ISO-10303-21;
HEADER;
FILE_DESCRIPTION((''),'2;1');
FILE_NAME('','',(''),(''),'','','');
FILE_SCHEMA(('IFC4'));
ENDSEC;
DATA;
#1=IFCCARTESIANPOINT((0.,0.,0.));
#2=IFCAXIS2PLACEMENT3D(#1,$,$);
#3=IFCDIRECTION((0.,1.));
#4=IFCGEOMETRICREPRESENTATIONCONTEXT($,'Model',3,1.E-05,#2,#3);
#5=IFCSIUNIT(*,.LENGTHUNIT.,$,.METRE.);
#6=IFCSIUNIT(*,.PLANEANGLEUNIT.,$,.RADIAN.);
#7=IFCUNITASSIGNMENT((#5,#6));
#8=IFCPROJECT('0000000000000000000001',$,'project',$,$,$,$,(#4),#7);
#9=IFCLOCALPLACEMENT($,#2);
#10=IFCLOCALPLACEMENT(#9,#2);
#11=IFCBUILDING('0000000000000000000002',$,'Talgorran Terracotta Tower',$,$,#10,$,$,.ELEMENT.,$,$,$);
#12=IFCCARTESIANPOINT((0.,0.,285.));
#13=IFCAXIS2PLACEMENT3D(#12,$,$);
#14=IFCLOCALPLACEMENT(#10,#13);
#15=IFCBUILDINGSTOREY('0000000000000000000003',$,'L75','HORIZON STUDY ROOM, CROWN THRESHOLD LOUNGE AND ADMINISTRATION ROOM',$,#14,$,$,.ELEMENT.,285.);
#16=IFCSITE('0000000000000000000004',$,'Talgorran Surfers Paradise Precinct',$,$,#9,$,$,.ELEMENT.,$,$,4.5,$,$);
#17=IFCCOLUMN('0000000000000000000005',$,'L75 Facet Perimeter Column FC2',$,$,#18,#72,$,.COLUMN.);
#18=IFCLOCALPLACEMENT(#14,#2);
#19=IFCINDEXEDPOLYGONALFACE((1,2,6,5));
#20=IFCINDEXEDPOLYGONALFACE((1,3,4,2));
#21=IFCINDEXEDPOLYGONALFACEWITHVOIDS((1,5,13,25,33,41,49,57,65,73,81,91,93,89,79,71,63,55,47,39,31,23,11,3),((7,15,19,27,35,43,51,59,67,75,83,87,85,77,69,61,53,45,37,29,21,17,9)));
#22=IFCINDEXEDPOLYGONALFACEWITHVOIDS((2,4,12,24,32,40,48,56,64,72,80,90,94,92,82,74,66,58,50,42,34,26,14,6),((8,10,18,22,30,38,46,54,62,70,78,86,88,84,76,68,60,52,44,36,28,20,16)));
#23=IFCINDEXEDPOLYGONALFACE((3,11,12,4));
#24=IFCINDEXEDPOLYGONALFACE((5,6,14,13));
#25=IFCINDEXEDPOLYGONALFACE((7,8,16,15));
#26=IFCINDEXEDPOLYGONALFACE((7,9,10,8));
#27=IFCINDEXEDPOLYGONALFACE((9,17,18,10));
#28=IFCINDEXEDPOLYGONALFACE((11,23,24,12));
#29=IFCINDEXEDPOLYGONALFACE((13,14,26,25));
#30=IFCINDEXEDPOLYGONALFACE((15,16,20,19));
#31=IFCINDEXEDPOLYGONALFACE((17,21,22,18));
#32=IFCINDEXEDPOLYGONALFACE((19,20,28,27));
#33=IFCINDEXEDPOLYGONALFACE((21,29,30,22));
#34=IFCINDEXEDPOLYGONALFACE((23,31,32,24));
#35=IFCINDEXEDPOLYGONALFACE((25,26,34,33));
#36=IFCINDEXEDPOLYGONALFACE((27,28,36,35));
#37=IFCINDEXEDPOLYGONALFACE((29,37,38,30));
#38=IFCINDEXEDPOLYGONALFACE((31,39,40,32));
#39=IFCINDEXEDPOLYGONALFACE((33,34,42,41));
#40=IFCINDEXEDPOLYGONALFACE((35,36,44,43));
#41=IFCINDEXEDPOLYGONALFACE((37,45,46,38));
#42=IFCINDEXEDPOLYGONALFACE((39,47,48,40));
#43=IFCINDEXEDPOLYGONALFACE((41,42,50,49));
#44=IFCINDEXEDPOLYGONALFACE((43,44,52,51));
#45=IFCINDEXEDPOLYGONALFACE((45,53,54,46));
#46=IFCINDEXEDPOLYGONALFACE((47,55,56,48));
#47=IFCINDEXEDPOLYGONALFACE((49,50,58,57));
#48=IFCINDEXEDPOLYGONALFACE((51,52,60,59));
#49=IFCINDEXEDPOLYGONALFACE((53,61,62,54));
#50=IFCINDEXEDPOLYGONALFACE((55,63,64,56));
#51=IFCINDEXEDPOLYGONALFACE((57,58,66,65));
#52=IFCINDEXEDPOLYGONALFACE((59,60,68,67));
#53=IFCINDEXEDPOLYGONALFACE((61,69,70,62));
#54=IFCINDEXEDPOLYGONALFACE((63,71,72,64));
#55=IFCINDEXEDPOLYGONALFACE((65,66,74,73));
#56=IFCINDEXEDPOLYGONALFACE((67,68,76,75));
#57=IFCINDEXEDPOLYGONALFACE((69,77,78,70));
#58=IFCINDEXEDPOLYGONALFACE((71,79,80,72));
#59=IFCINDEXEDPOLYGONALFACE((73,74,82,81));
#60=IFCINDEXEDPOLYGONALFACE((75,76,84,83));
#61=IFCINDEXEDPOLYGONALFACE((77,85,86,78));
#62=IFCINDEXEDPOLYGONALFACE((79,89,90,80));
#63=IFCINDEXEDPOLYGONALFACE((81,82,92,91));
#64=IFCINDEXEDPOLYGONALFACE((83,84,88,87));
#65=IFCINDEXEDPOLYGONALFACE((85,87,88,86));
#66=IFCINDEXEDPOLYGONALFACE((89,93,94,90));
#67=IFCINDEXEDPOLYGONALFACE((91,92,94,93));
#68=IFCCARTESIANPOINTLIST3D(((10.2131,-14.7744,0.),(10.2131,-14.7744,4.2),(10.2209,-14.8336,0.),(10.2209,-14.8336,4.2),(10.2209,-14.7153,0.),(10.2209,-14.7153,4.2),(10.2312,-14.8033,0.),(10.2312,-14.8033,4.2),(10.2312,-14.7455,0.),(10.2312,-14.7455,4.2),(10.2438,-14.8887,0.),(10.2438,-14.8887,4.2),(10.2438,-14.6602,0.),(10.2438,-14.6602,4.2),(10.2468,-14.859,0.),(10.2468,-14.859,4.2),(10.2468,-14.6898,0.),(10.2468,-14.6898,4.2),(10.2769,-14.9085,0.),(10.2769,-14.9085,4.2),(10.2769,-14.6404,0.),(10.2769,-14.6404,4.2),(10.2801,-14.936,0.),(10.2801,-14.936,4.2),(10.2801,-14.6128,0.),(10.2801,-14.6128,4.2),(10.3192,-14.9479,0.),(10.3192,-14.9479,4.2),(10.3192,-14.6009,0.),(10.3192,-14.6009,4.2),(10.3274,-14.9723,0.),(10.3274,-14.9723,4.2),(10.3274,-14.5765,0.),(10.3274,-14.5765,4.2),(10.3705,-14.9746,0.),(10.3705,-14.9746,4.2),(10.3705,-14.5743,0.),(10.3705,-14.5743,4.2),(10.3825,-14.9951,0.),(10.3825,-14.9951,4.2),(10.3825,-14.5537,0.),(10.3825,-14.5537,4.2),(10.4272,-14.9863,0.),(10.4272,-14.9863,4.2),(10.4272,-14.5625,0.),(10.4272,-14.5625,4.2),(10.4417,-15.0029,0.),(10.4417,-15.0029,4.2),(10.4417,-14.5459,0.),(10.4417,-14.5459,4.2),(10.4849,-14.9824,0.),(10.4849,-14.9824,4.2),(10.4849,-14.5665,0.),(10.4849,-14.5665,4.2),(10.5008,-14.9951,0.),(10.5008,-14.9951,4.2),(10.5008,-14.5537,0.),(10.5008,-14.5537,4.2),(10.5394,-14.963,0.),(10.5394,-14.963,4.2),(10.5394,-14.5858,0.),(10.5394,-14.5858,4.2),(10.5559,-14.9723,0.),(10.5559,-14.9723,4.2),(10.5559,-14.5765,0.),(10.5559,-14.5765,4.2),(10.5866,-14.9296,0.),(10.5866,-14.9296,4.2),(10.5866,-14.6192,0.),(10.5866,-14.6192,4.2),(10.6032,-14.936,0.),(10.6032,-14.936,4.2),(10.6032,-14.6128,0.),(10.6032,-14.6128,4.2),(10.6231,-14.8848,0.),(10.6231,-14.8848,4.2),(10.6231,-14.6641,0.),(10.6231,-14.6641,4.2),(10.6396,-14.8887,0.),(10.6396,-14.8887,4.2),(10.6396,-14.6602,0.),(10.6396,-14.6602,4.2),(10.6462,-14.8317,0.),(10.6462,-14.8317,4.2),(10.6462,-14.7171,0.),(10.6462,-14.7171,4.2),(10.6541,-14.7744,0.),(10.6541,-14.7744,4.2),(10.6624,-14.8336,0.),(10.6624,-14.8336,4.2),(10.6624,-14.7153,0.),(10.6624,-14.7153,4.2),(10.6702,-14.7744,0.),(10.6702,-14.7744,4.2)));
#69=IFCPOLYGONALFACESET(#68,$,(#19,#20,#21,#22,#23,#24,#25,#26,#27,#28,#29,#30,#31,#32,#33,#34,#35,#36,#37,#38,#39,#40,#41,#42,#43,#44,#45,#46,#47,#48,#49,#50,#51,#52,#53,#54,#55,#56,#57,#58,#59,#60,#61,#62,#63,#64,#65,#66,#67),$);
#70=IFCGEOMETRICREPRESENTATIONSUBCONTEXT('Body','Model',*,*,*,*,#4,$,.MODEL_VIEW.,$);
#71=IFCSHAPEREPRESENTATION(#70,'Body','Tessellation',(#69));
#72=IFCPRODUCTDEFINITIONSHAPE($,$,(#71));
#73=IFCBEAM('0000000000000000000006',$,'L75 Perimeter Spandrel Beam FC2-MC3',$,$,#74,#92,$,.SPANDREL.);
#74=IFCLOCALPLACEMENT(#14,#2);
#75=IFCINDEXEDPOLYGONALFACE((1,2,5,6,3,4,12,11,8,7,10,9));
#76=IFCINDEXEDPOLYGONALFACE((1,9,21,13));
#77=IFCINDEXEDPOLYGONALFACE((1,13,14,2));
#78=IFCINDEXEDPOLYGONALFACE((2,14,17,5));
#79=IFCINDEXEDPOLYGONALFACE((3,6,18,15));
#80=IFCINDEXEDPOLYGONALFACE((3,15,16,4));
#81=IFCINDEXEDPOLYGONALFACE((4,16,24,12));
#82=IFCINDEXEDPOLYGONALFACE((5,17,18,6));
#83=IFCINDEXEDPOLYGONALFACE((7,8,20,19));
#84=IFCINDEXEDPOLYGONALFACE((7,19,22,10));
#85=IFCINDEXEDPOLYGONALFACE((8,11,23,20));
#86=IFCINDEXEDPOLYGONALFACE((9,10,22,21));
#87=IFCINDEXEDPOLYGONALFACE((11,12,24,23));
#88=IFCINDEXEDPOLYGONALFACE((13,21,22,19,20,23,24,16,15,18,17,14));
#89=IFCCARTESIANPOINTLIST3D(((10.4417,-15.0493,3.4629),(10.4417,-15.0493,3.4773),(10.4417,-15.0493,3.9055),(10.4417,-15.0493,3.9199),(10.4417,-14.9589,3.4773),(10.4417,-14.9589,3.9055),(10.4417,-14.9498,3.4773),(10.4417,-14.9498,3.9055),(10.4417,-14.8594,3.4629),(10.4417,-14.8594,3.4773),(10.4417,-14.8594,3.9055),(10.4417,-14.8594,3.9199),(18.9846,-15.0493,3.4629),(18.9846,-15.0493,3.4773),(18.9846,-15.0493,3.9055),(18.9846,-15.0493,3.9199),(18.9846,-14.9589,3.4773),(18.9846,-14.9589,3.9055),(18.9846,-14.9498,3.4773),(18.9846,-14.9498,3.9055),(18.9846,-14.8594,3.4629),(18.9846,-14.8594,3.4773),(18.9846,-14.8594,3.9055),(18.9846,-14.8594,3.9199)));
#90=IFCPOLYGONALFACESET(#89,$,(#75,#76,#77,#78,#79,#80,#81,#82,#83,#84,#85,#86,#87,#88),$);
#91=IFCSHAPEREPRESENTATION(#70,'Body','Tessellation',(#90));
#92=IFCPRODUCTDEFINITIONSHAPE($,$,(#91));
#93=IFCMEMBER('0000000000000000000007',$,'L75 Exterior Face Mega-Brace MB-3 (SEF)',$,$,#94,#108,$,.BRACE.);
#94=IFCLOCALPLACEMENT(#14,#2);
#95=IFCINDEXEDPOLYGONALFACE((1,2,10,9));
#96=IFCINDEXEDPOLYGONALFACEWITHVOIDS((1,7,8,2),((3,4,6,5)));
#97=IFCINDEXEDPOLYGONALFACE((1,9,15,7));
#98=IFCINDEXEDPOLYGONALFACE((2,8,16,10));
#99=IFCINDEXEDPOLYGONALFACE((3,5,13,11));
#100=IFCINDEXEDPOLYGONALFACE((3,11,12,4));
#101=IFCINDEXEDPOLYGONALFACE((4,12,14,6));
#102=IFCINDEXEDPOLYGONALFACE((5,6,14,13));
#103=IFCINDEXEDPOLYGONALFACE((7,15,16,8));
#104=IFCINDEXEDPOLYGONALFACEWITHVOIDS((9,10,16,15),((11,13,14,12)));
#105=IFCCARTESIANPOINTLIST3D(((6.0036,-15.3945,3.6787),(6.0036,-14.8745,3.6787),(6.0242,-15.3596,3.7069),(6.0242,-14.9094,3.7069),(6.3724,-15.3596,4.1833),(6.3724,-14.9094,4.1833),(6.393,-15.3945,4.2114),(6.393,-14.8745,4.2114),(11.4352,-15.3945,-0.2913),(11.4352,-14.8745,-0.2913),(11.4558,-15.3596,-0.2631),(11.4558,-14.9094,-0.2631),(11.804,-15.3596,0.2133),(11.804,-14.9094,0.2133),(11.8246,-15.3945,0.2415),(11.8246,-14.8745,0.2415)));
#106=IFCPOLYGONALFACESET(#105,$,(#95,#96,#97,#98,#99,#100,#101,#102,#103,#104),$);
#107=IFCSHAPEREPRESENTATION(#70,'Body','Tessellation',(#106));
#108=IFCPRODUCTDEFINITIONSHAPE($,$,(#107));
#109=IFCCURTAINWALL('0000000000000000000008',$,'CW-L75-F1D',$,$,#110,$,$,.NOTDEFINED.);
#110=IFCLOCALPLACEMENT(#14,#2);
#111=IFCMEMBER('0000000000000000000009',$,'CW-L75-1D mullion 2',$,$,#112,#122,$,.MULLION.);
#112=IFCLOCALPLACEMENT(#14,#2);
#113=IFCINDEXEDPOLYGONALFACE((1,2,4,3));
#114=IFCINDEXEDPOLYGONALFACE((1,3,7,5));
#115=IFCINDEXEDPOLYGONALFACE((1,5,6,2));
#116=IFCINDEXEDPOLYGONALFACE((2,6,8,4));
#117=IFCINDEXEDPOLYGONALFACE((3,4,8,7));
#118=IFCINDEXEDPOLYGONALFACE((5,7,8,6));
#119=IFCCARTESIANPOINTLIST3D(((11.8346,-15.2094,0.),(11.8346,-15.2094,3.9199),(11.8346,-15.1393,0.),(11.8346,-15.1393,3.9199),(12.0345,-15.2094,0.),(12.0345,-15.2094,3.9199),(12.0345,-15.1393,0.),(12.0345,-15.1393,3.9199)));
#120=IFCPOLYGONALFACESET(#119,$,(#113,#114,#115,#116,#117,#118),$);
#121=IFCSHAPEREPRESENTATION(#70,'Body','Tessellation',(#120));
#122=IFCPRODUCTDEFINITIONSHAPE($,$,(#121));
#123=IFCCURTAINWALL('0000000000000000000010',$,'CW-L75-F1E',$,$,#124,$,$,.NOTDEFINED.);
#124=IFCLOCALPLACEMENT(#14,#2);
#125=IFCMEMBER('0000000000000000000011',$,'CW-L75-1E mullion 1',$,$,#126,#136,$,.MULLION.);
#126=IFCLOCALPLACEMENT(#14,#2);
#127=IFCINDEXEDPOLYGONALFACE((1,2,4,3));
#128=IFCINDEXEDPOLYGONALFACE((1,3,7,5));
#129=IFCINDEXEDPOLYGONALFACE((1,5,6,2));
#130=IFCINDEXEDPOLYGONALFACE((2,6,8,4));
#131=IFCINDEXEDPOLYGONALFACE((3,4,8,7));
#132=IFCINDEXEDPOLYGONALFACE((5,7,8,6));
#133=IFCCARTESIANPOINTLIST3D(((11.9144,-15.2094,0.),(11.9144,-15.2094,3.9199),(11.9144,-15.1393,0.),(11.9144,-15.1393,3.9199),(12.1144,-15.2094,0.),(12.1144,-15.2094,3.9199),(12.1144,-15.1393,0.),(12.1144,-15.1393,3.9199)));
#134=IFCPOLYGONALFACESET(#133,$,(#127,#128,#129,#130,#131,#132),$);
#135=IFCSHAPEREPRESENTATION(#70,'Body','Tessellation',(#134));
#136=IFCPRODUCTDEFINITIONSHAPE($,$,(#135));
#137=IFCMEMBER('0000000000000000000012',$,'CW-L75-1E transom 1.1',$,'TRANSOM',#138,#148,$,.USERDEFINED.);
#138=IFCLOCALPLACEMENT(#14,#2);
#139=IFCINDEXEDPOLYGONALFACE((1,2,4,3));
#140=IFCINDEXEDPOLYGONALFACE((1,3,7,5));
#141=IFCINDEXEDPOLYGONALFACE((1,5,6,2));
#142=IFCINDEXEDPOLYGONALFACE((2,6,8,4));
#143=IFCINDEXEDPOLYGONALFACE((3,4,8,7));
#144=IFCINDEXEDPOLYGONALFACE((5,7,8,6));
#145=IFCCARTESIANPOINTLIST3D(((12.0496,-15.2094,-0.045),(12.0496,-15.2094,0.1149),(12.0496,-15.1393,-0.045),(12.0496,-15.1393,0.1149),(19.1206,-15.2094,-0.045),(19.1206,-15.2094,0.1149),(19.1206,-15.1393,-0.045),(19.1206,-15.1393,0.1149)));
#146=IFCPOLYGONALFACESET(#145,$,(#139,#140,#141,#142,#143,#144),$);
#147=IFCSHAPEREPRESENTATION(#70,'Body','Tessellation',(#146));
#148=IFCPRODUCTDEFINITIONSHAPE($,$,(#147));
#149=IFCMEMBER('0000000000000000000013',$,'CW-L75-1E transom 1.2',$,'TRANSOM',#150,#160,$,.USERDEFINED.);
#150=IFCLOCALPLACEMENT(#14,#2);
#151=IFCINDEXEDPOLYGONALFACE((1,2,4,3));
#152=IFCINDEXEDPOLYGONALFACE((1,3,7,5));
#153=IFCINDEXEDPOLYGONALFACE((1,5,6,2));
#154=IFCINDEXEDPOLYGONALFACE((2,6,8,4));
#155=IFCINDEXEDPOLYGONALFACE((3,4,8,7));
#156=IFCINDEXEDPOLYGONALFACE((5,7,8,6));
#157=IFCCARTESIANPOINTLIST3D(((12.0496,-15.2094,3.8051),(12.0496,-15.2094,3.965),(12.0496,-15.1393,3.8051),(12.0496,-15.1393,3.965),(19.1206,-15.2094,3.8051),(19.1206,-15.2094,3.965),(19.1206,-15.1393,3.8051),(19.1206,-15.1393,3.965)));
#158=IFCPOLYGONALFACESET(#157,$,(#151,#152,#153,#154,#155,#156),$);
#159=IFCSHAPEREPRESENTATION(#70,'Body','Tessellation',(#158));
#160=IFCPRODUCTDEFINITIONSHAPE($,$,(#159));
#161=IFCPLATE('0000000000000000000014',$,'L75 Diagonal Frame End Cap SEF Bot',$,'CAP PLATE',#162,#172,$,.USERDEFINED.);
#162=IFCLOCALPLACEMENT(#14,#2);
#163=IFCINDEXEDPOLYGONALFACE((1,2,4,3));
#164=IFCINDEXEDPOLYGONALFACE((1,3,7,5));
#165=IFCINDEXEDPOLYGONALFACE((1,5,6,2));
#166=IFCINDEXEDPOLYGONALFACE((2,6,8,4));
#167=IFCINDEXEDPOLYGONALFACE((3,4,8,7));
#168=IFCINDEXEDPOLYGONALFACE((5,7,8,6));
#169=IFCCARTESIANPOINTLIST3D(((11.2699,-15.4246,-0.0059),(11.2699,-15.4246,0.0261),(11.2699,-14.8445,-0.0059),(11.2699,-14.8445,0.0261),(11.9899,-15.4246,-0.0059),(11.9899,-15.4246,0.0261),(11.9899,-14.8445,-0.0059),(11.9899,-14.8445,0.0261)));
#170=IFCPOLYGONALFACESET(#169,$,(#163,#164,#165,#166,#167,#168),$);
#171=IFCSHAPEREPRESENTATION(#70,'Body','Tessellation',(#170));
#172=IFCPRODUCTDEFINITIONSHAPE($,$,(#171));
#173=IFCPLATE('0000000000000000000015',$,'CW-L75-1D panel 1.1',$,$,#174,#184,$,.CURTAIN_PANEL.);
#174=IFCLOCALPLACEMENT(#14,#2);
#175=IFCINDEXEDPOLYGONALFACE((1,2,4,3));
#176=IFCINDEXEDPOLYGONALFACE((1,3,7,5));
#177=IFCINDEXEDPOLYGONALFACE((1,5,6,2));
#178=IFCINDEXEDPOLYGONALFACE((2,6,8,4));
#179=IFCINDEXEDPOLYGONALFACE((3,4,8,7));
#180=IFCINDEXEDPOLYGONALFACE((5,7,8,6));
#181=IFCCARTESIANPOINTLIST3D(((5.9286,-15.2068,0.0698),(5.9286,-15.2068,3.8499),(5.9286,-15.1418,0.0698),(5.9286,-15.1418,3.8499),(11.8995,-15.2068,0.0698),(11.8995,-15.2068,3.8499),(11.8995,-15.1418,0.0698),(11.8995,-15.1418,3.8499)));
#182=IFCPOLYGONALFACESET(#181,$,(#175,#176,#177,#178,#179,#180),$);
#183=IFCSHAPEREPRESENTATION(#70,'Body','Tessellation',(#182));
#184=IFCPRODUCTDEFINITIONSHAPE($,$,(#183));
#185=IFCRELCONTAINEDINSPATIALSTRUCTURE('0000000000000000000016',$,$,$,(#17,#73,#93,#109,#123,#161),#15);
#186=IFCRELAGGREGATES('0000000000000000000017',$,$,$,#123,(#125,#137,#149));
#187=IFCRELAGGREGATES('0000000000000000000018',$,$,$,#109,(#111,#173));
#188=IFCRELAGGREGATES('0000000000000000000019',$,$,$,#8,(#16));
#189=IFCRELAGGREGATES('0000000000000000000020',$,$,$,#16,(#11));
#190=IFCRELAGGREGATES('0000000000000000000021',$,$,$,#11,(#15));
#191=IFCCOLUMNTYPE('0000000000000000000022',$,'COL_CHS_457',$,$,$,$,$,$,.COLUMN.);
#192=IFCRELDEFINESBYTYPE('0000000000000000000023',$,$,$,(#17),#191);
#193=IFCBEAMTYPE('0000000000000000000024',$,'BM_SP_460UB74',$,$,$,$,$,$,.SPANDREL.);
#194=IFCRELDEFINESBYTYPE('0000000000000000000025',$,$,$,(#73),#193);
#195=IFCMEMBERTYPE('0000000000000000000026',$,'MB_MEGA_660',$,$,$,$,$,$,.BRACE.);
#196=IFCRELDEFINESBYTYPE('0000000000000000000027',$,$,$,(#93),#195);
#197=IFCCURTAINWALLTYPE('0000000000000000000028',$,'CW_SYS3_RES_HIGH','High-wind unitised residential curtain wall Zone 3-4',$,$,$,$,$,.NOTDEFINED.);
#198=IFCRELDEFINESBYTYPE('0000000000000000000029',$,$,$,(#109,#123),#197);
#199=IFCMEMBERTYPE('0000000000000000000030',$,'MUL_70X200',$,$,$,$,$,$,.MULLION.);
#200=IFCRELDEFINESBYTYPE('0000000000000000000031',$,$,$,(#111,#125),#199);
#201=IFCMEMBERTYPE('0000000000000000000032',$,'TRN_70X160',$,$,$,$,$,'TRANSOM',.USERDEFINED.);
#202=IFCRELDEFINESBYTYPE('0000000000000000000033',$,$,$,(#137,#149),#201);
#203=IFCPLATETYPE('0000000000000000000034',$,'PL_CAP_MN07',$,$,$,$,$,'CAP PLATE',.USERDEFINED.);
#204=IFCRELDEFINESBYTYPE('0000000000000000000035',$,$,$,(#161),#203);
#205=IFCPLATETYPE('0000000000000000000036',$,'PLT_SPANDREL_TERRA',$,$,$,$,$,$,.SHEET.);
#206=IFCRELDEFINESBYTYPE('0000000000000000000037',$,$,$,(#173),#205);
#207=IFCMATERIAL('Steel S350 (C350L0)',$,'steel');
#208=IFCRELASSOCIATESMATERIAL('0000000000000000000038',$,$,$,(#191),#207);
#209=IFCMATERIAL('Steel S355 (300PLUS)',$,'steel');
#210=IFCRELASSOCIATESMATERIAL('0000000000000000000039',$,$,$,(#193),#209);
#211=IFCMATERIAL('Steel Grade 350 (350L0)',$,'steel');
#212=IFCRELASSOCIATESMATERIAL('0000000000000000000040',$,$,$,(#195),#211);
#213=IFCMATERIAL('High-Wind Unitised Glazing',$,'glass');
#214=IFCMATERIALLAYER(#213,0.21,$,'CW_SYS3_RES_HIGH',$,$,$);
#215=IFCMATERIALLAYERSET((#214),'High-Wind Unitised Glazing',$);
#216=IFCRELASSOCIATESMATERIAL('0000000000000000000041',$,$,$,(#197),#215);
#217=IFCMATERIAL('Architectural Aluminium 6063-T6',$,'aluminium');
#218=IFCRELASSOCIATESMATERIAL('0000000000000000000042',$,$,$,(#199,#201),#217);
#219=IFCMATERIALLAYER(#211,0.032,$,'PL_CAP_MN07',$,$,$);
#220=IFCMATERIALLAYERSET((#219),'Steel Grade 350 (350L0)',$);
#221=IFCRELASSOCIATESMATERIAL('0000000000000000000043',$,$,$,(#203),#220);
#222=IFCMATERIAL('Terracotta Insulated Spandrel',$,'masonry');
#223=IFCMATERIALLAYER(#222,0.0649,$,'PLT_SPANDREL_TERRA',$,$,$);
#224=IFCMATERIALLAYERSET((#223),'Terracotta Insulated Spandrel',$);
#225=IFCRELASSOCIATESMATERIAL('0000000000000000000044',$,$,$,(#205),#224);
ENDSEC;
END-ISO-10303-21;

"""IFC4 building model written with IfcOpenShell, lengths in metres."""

from ifc_helpers import new_model, si_unit, direction, frame, origin, origin_2d, place, context, subcontext, project, spatial, rectangle, hollow_rectangle, hollow_circle, i_section, extrude, source, transform, mapped, material, layer, layer_set, material_profile, profile_set, type_object, type_shapes, element, aggregate, save


model = new_model("IFC4")

# Units and contexts
model_context = context("Model", 3, precision=1e-05, world=origin(), true_north=direction((0.0, 1.0)))
body_context = subcontext(model_context, "Body", "Model", "MODEL_VIEW")
ifc_project = project(units=[si_unit("LENGTHUNIT", "METRE"), si_unit("PLANEANGLEUNIT", "RADIAN")], contexts=[model_context])

# Site, building, storey
site_placement = place(None, origin())
site = spatial("IfcSite", under=ifc_project, at=site_placement, Name="Talgorran Surfers Paradise Precinct", CompositionType="ELEMENT", RefElevation=4.5)
building_placement = place(site_placement, origin())
building = spatial("IfcBuilding", under=site, at=building_placement, Name="Talgorran Terracotta Tower", CompositionType="ELEMENT")
storey_placement = place(building_placement, frame((0.0, 0.0, 285.0)))
storey = spatial("IfcBuildingStorey", under=building, at=storey_placement, Name="L75", Description="HORIZON STUDY ROOM, CROWN THRESHOLD LOUNGE AND ADMINISTRATION ROOM", CompositionType="ELEMENT", Elevation=285.0)

# Column
ifc_material_1 = material(Name="Steel S350 (C350L0)", Category="steel")
ifc_material_profile_1 = material_profile(ifc_material_1, hollow_circle(Radius=0.2285, WallThickness=0.0161, at=origin_2d()), Name="CHS457X16")
ifc_profile_set_1 = profile_set([ifc_material_profile_1], Name="Steel S350 (C350L0)")
column_type = type_object("IfcColumnType", Name="COL_CHS_457", PredefinedType="COLUMN", material=ifc_profile_set_1)
column_placement = place(storey_placement, frame((10.4417, -14.7744, 0.0), z_axis=(0.0, 0.0, 1.0), x_axis=(1.0, 0.0, 0.0)))
element("IfcColumn", 1, at=column_placement, inside=storey, type_object=column_type, Name="L75 Facet Perimeter Column FC2", PredefinedType="COLUMN", context=body_context, shape_type="SweptSolid", body=[
    extrude(hollow_circle(Radius=0.2285, WallThickness=0.0161, at=origin_2d()), origin(), (0.0, 0.0, 1.0), 4.2),
])

# Beam
ifc_material_2 = material(Name="Steel S355 (300PLUS)", Category="steel")
ifc_material_profile_2 = material_profile(ifc_material_2, i_section(OverallWidth=0.1899, OverallDepth=0.457, WebThickness=0.009, FlangeThickness=0.0144, at=origin_2d()), Name="460UB74.6")
ifc_profile_set_2 = profile_set([ifc_material_profile_2], Name="Steel S355 (300PLUS)")
beam_type = type_object("IfcBeamType", Name="BM_SP_460UB74", PredefinedType="SPANDREL", material=ifc_profile_set_2)
beam_placement = place(storey_placement, frame((10.4417, -14.9543, 3.6914), z_axis=(1.0, 0.0, 0.0), x_axis=(0.0, 1.0, 0.0)))
element("IfcBeam", 2, at=beam_placement, inside=storey, type_object=beam_type, Name="L75 Perimeter Spandrel Beam FC2-MC3", PredefinedType="SPANDREL", context=body_context, shape_type="SweptSolid", body=[
    extrude(i_section(OverallWidth=0.1899, OverallDepth=0.457, WebThickness=0.009, FlangeThickness=0.0144, at=origin_2d()), origin(), (0.0, 0.0, 1.0), 8.543),
])

# Member
ifc_material_3 = material(Name="Steel Grade 350 (350L0)", Category="steel")
ifc_material_profile_3 = material_profile(ifc_material_3, hollow_rectangle(XDim=0.52, YDim=0.6599, WallThickness=0.0349, at=origin_2d()), Name="WBOX660X520X35")
ifc_profile_set_3 = profile_set([ifc_material_profile_3], Name="Steel Grade 350 (350L0)")
member_type_1 = type_object("IfcMemberType", Name="MB_MEGA_660", PredefinedType="BRACE", material=ifc_profile_set_3)
member_1_placement = place(storey_placement, frame((11.6299, -15.1345, -0.0249), z_axis=(-0.807342, 0.0, 0.590084), x_axis=(0.0, -1.0, 0.0)))
element("IfcMember", 3, at=member_1_placement, inside=storey, type_object=member_type_1, Name="L75 Exterior Face Mega-Brace MB-3 (SEF)", PredefinedType="BRACE", context=body_context, shape_type="SweptSolid", body=[
    extrude(hollow_rectangle(XDim=0.52, YDim=0.6599, WallThickness=0.0349, at=origin_2d()), origin(), (0.0, 0.0, 1.0), 6.7278),
])

# Curtain wall, member
ifc_material_4 = material(Name="High-Wind Unitised Glazing", Category="glass")
ifc_layer_1 = layer(ifc_material_4, 0.21, Name="CW_SYS3_RES_HIGH")
ifc_layer_set_1 = layer_set([ifc_layer_1], Name="High-Wind Unitised Glazing")
curtain_wall_type = type_object("IfcCurtainWallType", Name="CW_SYS3_RES_HIGH", Description="High-wind unitised residential curtain wall Zone 3-4", PredefinedType="NOTDEFINED", material=ifc_layer_set_1)
curtain_wall_1_placement = place(storey_placement, origin())
curtain_wall_1 = element("IfcCurtainWall", 4, at=curtain_wall_1_placement, inside=storey, type_object=curtain_wall_type, Name="CW-L75-F1D", PredefinedType="NOTDEFINED")
ifc_material_5 = material(Name="Architectural Aluminium 6063-T6", Category="aluminium")
ifc_material_profile_4 = material_profile(ifc_material_5, rectangle(XDim=0.0701, YDim=0.2, at=origin_2d()), Name="CWM70X200")
ifc_profile_set_4 = profile_set([ifc_material_profile_4], Name="Architectural Aluminium 6063-T6")
member_type_2 = type_object("IfcMemberType", Name="MUL_70X200", PredefinedType="MULLION", material=ifc_profile_set_4)
member_2_placement = place(storey_placement, frame((11.9346, -15.1743, 0.0), z_axis=(0.0, 0.0, 1.0), x_axis=(0.0, 1.0, 0.0)))
member_2 = element("IfcMember", 5, at=member_2_placement, type_object=member_type_2, Name="CW-L75-1D mullion 2", PredefinedType="MULLION", context=body_context, shape_type="SweptSolid", body=[
    extrude(rectangle(XDim=0.0701, YDim=0.2, at=origin_2d()), origin(), (0.0, 0.0, 1.0), 3.9199),
])

# Curtain wall, members
curtain_wall_2_placement = place(storey_placement, origin())
curtain_wall_2 = element("IfcCurtainWall", 6, at=curtain_wall_2_placement, inside=storey, type_object=curtain_wall_type, Name="CW-L75-F1E", PredefinedType="NOTDEFINED")
member_3_placement = place(storey_placement, frame((12.0144, -15.1743, 0.0), z_axis=(0.0, 0.0, 1.0), x_axis=(0.0, 1.0, 0.0)))
member_3 = element("IfcMember", 7, at=member_3_placement, type_object=member_type_2, Name="CW-L75-1E mullion 1", PredefinedType="MULLION", context=body_context, shape_type="SweptSolid", body=[
    extrude(rectangle(XDim=0.0701, YDim=0.2, at=origin_2d()), origin(), (0.0, 0.0, 1.0), 3.9199),
])
ifc_material_profile_5 = material_profile(ifc_material_5, rectangle(XDim=0.0701, YDim=0.1599, at=origin_2d()), Name="CWT70X160")
ifc_profile_set_5 = profile_set([ifc_material_profile_5], Name="Architectural Aluminium 6063-T6")
member_type_3 = type_object("IfcMemberType", Name="TRN_70X160", ElementType="TRANSOM", PredefinedType="USERDEFINED", material=ifc_profile_set_5)
member_4_placement = place(storey_placement, frame((12.0496, -15.1743, 0.0349), z_axis=(1.0, 0.0, 0.0), x_axis=(0.0, 1.0, 0.0)))
member_4 = element("IfcMember", 8, at=member_4_placement, type_object=member_type_3, Name="CW-L75-1E transom 1.1", ObjectType="TRANSOM", PredefinedType="USERDEFINED", context=body_context, shape_type="SweptSolid", body=[
    extrude(rectangle(XDim=0.0701, YDim=0.1599, at=origin_2d()), origin(), (0.0, 0.0, 1.0), 7.071),
])
member_5_placement = place(storey_placement, frame((12.0496, -15.1743, 3.885), z_axis=(1.0, 0.0, 0.0), x_axis=(0.0, 1.0, 0.0)))
member_5 = element("IfcMember", 9, at=member_5_placement, type_object=member_type_3, Name="CW-L75-1E transom 1.2", ObjectType="TRANSOM", PredefinedType="USERDEFINED", context=body_context, shape_type="SweptSolid", body=[
    extrude(rectangle(XDim=0.0701, YDim=0.1599, at=origin_2d()), origin(), (0.0, 0.0, 1.0), 7.071),
])
aggregate(curtain_wall_2, [member_3, member_4, member_5])

# Plates
ifc_layer_2 = layer(ifc_material_3, 0.032, Name="PL_CAP_MN07")
ifc_layer_set_2 = layer_set([ifc_layer_2], Name="Steel Grade 350 (350L0)")
plate_type_1 = type_object("IfcPlateType", Name="PL_CAP_MN07", ElementType="CAP PLATE", PredefinedType="USERDEFINED", material=ifc_layer_set_2)
plate_1_placement = place(storey_placement, frame((11.6299, -15.1345, -0.0059), z_axis=(0.0, 0.0, 1.0), x_axis=(-1.0, 0.0, 0.0)))
element("IfcPlate", 10, at=plate_1_placement, inside=storey, type_object=plate_type_1, Name="L75 Diagonal Frame End Cap SEF Bot", ObjectType="CAP PLATE", PredefinedType="USERDEFINED", context=body_context, shape_type="SweptSolid", body=[
    extrude(rectangle(XDim=0.72, YDim=0.5801, at=origin_2d()), origin(), (0.0, 0.0, 1.0), 0.032),
])
ifc_material_6 = material(Name="Terracotta Insulated Spandrel", Category="masonry")
ifc_layer_3 = layer(ifc_material_6, 0.0649, Name="PLT_SPANDREL_TERRA")
ifc_layer_set_3 = layer_set([ifc_layer_3], Name="Terracotta Insulated Spandrel")
plate_type_2 = type_object("IfcPlateType", Name="PLT_SPANDREL_TERRA", PredefinedType="SHEET", material=ifc_layer_set_3)
shared_shape = source(origin(), body_context, "Body", "SweptSolid", [
    extrude(rectangle(XDim=5.9709, YDim=0.0649, at=origin_2d()), origin(), (0.0, 0.0, 1.0), 3.78),
])
type_shapes(plate_type_2, [shared_shape])
plate_2_placement = place(storey_placement, frame((8.9141, -15.1743, 0.0698), z_axis=(0.0, 0.0, 1.0), x_axis=(1.0, 0.0, 0.0)))
plate_2 = element("IfcPlate", 11, at=plate_2_placement, type_object=plate_type_2, Name="CW-L75-1D panel 1.1", PredefinedType="CURTAIN_PANEL", context=body_context, shape_type="MappedRepresentation", body=[
    mapped(shared_shape, transform((0.0, 0.0, 0.0), scale=1.0)),
])
aggregate(curtain_wall_1, [member_2, plate_2])

save(model, "model.ifc")
